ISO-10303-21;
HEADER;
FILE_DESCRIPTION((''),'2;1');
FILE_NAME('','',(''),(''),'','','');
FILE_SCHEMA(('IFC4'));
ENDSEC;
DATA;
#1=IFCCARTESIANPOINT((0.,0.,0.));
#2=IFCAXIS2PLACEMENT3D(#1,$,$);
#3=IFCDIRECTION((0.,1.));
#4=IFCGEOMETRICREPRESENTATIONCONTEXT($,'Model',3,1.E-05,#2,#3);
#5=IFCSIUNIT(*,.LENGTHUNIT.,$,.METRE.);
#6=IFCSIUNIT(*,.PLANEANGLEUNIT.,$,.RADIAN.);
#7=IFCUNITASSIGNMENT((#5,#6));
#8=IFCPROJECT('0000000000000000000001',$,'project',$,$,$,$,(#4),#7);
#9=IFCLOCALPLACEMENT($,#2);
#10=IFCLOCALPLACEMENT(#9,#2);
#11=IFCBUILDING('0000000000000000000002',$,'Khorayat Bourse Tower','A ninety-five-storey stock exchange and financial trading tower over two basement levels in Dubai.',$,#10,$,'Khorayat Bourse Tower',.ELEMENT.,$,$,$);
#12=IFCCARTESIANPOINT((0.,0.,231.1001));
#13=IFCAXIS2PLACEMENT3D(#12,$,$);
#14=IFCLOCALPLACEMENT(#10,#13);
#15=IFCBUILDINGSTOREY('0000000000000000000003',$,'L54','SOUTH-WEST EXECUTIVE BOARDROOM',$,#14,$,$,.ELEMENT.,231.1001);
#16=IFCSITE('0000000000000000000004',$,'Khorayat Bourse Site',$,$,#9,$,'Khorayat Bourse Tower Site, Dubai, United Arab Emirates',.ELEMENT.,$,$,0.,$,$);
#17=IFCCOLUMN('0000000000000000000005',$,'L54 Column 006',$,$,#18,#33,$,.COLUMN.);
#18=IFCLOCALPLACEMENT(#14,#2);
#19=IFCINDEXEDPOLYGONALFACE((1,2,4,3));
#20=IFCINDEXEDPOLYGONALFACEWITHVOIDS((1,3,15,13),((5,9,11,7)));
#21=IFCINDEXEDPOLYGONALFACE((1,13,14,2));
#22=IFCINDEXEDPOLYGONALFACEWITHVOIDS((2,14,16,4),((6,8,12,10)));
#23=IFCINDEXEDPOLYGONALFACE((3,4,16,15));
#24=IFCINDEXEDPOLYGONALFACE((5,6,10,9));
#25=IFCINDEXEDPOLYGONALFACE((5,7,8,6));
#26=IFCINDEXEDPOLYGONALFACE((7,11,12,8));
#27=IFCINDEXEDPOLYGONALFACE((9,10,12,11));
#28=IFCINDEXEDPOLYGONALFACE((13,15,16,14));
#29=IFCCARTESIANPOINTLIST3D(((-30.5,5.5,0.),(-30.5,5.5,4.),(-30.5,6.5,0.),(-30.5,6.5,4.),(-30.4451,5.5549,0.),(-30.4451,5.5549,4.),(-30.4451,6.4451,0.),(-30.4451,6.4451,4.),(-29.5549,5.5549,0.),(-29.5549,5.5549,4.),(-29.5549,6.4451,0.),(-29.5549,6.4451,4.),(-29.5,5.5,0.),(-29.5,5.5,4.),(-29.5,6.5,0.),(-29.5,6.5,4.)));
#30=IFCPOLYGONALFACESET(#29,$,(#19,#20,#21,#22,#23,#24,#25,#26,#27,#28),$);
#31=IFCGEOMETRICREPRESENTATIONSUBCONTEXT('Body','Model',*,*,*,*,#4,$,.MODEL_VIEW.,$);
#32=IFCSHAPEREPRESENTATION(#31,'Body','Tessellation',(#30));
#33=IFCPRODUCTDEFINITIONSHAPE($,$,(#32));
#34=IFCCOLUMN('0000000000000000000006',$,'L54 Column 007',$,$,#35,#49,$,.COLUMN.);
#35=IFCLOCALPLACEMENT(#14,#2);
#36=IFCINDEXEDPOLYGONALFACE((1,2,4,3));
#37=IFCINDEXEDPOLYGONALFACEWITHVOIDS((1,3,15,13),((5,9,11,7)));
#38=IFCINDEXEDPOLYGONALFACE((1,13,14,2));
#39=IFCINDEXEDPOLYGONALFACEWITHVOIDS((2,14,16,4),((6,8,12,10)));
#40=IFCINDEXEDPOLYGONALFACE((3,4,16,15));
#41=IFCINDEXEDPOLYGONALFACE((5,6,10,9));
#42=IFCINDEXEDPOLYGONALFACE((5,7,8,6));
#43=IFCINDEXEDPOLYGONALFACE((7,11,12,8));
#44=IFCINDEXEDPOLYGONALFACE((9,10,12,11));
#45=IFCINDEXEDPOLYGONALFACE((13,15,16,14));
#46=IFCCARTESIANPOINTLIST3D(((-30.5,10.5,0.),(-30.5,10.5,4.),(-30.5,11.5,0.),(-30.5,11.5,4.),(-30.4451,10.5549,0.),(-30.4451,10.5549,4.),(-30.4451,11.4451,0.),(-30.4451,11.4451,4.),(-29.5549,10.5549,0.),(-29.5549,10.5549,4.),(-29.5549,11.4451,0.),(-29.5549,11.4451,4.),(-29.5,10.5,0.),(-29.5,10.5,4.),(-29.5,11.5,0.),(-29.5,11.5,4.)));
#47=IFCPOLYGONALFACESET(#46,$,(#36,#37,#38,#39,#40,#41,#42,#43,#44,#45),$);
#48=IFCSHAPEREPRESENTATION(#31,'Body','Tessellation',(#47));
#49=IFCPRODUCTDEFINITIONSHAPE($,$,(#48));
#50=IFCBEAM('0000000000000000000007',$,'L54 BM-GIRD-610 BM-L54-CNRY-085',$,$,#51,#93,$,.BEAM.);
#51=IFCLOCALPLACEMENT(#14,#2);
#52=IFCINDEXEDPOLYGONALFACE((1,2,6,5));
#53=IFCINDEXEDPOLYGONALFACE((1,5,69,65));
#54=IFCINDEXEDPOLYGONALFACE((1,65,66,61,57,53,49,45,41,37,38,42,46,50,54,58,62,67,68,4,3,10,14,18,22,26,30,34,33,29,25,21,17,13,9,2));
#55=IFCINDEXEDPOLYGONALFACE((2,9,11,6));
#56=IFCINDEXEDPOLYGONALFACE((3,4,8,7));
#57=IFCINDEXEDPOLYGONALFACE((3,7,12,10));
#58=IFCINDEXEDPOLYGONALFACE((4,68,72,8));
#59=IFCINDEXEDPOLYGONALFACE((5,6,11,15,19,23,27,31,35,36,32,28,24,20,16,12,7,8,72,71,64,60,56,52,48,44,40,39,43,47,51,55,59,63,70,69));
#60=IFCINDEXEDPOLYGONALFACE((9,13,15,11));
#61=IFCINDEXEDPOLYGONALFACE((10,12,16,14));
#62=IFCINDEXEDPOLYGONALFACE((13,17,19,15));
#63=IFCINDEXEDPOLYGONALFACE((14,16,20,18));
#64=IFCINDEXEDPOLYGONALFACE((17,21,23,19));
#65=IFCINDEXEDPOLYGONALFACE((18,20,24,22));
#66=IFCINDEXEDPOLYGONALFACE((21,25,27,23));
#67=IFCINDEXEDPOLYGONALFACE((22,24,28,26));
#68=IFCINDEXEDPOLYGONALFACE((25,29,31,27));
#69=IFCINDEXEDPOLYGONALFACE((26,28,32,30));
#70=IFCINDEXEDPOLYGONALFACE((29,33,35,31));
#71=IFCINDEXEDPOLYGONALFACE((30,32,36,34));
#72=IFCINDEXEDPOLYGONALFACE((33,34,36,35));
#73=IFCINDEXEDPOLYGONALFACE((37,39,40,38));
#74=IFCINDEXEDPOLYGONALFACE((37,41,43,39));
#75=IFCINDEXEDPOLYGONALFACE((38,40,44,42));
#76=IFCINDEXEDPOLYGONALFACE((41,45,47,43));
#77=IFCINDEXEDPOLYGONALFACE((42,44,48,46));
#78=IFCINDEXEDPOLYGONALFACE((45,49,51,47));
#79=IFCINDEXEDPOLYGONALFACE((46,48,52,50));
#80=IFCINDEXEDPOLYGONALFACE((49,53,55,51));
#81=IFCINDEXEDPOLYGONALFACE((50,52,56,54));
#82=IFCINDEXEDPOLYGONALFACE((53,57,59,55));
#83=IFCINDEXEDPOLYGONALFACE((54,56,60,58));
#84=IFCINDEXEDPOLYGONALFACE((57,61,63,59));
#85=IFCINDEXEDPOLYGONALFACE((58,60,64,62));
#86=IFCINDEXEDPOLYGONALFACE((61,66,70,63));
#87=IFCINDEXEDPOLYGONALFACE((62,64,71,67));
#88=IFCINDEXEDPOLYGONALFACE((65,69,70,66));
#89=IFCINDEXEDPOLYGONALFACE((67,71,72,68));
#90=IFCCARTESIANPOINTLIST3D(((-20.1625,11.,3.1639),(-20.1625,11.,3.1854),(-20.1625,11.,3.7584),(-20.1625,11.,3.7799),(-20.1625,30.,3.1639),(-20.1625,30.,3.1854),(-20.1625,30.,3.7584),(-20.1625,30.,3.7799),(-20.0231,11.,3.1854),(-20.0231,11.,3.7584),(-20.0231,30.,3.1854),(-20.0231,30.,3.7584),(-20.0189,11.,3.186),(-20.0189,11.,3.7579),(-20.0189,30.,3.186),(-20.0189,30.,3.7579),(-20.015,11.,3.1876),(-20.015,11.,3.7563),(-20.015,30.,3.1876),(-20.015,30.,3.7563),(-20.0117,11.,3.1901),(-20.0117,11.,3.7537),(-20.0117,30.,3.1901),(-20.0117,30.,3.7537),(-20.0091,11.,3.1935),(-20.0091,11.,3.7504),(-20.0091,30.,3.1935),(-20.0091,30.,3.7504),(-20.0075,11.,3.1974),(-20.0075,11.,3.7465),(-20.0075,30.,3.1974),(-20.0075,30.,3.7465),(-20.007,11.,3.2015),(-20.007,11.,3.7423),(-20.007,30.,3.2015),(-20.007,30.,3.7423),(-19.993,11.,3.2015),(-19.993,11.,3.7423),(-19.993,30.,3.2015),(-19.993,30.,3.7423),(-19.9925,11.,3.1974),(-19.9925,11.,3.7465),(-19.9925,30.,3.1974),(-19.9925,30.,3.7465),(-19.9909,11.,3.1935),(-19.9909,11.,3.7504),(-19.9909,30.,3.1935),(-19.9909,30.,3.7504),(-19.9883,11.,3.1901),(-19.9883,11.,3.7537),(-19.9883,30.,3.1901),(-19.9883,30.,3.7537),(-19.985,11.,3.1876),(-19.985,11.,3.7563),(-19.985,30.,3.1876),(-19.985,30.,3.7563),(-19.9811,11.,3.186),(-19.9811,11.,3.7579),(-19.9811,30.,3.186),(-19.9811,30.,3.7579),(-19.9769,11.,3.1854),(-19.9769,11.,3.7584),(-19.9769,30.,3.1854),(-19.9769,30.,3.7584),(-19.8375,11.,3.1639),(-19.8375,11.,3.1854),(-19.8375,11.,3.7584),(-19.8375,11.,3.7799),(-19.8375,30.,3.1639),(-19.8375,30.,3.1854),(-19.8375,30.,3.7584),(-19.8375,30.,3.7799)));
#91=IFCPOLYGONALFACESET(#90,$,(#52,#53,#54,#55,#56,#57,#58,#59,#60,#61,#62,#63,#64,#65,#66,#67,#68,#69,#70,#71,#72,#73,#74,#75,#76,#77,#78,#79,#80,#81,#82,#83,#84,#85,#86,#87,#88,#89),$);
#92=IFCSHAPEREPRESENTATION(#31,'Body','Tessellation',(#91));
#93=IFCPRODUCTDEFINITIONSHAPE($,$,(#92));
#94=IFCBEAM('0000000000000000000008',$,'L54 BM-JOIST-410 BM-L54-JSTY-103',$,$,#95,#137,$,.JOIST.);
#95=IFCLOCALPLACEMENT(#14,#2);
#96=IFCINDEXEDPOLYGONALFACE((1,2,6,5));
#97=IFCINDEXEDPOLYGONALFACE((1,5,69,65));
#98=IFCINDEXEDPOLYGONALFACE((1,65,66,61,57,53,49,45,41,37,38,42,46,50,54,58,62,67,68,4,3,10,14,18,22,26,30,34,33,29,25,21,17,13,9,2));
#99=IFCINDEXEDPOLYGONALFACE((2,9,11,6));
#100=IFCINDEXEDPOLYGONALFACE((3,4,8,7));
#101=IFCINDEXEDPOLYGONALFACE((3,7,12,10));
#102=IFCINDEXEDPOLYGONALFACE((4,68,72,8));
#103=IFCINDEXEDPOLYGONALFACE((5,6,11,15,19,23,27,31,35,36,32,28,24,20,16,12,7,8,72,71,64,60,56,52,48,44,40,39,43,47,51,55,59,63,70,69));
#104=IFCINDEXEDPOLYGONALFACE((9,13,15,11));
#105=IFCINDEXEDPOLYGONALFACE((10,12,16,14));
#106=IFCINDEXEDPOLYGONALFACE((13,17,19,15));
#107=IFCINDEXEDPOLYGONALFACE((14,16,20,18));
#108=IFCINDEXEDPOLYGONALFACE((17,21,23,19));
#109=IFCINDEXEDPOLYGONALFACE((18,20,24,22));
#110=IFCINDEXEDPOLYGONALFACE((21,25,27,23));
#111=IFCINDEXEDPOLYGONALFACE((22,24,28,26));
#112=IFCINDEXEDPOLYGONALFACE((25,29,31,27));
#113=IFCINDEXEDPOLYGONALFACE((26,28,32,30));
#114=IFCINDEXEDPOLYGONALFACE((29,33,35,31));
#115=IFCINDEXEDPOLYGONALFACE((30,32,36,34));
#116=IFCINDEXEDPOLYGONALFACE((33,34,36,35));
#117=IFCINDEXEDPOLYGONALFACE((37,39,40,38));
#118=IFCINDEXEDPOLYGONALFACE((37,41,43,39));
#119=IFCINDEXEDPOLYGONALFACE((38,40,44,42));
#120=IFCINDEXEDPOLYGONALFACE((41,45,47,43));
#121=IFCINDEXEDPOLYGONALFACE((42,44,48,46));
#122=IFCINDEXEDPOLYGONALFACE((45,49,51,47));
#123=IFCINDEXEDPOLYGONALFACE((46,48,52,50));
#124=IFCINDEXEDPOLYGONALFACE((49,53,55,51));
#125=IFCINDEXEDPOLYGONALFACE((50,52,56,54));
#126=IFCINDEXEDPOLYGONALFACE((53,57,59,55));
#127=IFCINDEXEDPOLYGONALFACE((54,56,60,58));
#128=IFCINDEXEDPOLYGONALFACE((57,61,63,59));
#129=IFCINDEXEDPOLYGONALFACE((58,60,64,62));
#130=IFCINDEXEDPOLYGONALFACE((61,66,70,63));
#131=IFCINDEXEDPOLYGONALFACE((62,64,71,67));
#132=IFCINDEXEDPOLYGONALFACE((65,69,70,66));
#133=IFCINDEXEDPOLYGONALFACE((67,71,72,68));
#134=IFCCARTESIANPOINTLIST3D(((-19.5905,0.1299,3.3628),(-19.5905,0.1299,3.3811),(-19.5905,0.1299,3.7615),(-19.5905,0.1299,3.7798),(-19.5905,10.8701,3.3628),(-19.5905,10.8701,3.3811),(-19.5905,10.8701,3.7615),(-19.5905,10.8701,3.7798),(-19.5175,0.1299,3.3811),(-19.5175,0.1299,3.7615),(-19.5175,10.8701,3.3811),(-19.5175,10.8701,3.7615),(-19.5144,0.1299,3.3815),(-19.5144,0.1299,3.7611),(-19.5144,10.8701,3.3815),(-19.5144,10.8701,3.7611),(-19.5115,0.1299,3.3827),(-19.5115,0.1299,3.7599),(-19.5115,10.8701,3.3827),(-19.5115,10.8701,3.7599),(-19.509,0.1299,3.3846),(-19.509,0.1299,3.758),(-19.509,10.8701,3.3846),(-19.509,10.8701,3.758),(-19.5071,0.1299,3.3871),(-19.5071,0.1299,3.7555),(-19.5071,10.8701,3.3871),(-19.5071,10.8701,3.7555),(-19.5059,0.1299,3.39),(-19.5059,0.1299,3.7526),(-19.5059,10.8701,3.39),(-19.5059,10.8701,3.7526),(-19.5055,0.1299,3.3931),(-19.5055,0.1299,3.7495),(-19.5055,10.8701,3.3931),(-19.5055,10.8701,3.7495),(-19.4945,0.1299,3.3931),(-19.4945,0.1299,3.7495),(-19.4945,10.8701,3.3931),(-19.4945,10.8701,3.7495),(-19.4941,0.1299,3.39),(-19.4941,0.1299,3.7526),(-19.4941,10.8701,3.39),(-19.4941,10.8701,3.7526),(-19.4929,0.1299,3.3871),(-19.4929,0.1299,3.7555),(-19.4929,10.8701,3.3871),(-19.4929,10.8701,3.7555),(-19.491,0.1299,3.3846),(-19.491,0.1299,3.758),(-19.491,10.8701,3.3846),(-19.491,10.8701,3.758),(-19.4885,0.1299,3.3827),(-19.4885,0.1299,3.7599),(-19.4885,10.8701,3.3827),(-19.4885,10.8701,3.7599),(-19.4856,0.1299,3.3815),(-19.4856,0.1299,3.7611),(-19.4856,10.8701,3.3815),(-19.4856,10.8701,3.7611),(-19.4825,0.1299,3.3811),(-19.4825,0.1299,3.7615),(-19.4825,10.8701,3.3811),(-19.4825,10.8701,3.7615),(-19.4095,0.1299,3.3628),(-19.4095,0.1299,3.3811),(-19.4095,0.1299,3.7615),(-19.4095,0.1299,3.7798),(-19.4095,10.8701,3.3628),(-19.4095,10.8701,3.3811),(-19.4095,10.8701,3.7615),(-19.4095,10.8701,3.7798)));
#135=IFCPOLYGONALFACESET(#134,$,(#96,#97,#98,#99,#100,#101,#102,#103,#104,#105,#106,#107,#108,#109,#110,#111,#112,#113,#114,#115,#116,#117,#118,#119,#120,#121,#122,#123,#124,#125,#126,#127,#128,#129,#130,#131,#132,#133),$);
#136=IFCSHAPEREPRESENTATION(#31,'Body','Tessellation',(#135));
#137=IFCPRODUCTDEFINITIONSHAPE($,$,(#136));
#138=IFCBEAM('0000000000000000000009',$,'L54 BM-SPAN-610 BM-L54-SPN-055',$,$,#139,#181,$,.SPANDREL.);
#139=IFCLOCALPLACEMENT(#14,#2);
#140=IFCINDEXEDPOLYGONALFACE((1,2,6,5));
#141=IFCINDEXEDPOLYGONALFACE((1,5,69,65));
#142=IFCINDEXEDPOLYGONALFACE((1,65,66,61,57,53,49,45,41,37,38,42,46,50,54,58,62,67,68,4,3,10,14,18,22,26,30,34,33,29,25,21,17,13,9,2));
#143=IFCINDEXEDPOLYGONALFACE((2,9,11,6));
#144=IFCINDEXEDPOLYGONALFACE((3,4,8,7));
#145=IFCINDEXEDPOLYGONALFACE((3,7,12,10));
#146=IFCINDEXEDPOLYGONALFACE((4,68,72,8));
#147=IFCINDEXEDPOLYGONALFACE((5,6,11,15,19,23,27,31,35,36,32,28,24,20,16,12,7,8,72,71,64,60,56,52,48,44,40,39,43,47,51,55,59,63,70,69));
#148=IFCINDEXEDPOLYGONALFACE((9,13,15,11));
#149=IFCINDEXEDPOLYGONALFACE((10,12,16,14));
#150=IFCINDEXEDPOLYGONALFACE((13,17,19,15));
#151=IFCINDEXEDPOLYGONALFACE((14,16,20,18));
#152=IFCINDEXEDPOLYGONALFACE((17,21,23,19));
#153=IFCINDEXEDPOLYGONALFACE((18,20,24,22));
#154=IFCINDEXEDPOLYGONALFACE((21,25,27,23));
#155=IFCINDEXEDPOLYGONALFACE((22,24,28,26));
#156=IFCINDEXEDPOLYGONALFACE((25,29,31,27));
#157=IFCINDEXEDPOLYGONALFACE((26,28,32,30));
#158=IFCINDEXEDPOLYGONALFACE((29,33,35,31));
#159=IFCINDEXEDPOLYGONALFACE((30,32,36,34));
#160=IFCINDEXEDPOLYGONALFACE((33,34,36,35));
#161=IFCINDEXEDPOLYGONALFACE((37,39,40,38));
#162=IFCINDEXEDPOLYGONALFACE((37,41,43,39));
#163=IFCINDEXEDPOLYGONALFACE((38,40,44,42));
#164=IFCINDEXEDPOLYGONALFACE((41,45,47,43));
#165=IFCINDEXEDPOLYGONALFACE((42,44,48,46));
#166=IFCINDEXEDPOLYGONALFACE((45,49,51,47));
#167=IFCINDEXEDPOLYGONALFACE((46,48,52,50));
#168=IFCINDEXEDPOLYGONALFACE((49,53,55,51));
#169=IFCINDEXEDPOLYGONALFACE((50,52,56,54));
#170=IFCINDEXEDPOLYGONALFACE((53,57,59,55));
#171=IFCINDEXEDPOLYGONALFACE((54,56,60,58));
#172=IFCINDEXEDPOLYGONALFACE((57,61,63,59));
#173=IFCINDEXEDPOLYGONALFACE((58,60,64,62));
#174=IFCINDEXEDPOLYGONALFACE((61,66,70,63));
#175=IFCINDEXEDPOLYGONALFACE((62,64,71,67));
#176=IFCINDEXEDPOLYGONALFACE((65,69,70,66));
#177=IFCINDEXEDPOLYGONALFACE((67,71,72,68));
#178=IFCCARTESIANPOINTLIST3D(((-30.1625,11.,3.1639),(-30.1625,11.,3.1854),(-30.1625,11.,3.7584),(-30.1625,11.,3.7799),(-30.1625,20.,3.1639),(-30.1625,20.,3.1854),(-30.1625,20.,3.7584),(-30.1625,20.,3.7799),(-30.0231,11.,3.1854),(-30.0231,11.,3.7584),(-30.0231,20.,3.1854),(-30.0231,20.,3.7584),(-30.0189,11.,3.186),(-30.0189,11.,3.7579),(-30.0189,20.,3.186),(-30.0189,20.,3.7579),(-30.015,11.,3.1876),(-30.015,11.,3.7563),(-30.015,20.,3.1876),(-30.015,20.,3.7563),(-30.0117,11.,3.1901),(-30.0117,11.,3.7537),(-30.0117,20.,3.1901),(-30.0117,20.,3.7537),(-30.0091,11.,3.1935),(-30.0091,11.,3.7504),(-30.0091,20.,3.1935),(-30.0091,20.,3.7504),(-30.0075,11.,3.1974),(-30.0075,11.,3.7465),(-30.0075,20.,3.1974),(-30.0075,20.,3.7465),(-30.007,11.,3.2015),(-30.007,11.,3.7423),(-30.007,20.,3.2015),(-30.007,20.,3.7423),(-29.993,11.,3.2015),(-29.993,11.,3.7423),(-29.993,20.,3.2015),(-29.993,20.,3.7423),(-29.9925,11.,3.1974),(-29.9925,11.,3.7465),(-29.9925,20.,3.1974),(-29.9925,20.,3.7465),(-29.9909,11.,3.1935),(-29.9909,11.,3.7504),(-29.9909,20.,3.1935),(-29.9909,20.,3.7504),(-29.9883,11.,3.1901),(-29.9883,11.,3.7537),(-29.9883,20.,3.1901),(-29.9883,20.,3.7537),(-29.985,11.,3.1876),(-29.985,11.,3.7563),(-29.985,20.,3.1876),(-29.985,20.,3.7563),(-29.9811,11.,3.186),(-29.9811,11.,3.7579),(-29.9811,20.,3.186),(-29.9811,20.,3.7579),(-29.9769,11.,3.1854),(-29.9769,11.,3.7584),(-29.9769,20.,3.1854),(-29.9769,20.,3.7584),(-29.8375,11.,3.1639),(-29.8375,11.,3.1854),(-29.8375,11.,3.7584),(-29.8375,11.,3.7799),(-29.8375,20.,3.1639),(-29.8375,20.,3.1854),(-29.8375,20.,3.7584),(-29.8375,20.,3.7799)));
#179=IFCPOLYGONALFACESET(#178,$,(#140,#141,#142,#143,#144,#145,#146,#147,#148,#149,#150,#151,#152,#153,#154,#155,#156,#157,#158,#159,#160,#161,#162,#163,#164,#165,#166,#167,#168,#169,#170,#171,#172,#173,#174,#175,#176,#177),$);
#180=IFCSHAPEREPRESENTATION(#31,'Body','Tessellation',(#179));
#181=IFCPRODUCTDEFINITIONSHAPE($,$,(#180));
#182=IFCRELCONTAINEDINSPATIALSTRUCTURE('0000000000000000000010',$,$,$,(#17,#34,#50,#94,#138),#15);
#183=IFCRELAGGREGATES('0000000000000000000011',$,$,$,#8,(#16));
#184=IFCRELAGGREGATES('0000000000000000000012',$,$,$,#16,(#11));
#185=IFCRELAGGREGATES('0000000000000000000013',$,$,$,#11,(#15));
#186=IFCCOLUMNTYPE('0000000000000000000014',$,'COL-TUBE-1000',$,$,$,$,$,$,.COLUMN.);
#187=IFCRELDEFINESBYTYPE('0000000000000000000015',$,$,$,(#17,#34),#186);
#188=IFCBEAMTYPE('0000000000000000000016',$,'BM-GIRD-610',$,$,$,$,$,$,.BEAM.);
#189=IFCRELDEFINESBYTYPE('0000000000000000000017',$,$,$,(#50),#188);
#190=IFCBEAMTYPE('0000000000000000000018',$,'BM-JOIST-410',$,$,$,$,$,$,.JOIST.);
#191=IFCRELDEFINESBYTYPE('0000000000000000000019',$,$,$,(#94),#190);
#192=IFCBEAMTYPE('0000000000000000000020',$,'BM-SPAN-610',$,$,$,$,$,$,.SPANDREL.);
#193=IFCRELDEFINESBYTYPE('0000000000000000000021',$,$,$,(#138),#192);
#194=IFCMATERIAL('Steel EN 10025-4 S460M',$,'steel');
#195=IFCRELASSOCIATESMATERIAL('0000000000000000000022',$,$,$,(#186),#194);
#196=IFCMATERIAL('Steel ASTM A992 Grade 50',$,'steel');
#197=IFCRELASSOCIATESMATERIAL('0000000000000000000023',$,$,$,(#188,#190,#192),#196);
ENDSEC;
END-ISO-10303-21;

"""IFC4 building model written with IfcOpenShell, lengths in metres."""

from ifc_helpers import new_model, si_unit, direction, frame, origin, origin_2d, place, context, subcontext, project, spatial, hollow_rectangle, i_section, extrude, source, transform, mapped, material, material_profile, profile_set, type_object, element, save


model = new_model("IFC4")

# Units and contexts
model_context = context("Model", 3, precision=1e-05, world=origin(), true_north=direction((0.0, 1.0)))
body_context = subcontext(model_context, "Body", "Model", "MODEL_VIEW")
ifc_project = project(units=[si_unit("LENGTHUNIT", "METRE"), si_unit("PLANEANGLEUNIT", "RADIAN")], contexts=[model_context])

# Site, building, storey
site_placement = place(None, origin())
site = spatial("IfcSite", under=ifc_project, at=site_placement, Name="Khorayat Bourse Site", LongName="Khorayat Bourse Tower Site, Dubai, United Arab Emirates", CompositionType="ELEMENT", RefElevation=0.0)
building_placement = place(site_placement, origin())
building = spatial("IfcBuilding", under=site, at=building_placement, Name="Khorayat Bourse Tower", Description="A ninety-five-storey stock exchange and financial trading tower over two basement levels in Dubai.", LongName="Khorayat Bourse Tower", CompositionType="ELEMENT")
storey_placement = place(building_placement, frame((0.0, 0.0, 231.1001)))
storey = spatial("IfcBuildingStorey", under=building, at=storey_placement, Name="L54", Description="SOUTH-WEST EXECUTIVE BOARDROOM", CompositionType="ELEMENT", Elevation=231.1001)

# Columns
ifc_material_1 = material(Name="Steel EN 10025-4 S460M", Category="steel")
ifc_material_profile_1 = material_profile(ifc_material_1, hollow_rectangle(XDim=1.0, YDim=1.0, WallThickness=0.0549, at=origin_2d()), Name="BOX 1000x1000x55")
ifc_profile_set_1 = profile_set([ifc_material_profile_1], Name="Steel EN 10025-4 S460M")
column_type = type_object("IfcColumnType", Name="COL-TUBE-1000", PredefinedType="COLUMN", material=ifc_profile_set_1)
shared_shape_1 = source(origin(), body_context, "Body", "SweptSolid", [
    extrude(hollow_rectangle(XDim=1.0, YDim=1.0, WallThickness=0.0549, at=origin_2d()), origin(), (0.0, 0.0, 1.0), 4.0),
])
for number, where, z_axis, x_axis, name in (
    (1, (-30.0, 6.0, 0.0), (0.0, 0.0, 1.0), (1.0, 0.0, 0.0), "L54 Column 006"),
    (2, (-30.0, 11.0, 0.0), (0.0, 0.0, 1.0), (1.0, 0.0, 0.0), "L54 Column 007"),
):
    element("IfcColumn", number, at=place(storey_placement, frame(where, z_axis=z_axis, x_axis=x_axis)), inside=storey, type_object=column_type, Name=name, PredefinedType="COLUMN", context=body_context, shape_type="MappedRepresentation", body=[
        mapped(shared_shape_1, transform((0.0, 0.0, 0.0), scale=1.0)),
    ])

# Beams
ifc_material_2 = material(Name="Steel ASTM A992 Grade 50", Category="steel")
ifc_material_profile_2 = material_profile(ifc_material_2, i_section(OverallWidth=0.325, OverallDepth=0.616, WebThickness=0.0139, FlangeThickness=0.0215, FilletRadius=0.0161, at=origin_2d()), Name="W610X174")
ifc_profile_set_2 = profile_set([ifc_material_profile_2], Name="Steel ASTM A992 Grade 50")
beam_type_1 = type_object("IfcBeamType", Name="BM-GIRD-610", PredefinedType="BEAM", material=ifc_profile_set_2)
shared_shape_2 = source(origin(), body_context, "Body", "SweptSolid", [
    extrude(i_section(OverallWidth=0.325, OverallDepth=0.616, WebThickness=0.0139, FlangeThickness=0.0215, FilletRadius=0.0161, at=origin_2d()), origin(), (0.0, 0.0, 1.0), 19.0),
])
beam_1_placement = place(storey_placement, frame((-20.0, 11.0, 3.4719), z_axis=(0.0, 1.0, 0.0), x_axis=(-1.0, 0.0, 0.0)))
element("IfcBeam", 3, at=beam_1_placement, inside=storey, type_object=beam_type_1, Name="L54 BM-GIRD-610 BM-L54-CNRY-085", PredefinedType="BEAM", context=body_context, shape_type="MappedRepresentation", body=[
    mapped(shared_shape_2, transform((0.0, 0.0, 0.0), scale=1.0)),
])
ifc_material_profile_3 = material_profile(ifc_material_2, i_section(OverallWidth=0.1809, OverallDepth=0.417, WebThickness=0.011, FlangeThickness=0.0183, FilletRadius=0.012, at=origin_2d()), Name="W410X85")
ifc_profile_set_3 = profile_set([ifc_material_profile_3], Name="Steel ASTM A992 Grade 50")
beam_type_2 = type_object("IfcBeamType", Name="BM-JOIST-410", PredefinedType="JOIST", material=ifc_profile_set_3)
shared_shape_3 = source(origin(), body_context, "Body", "SweptSolid", [
    extrude(i_section(OverallWidth=0.1809, OverallDepth=0.417, WebThickness=0.011, FlangeThickness=0.0183, FilletRadius=0.012, at=origin_2d()), origin(), (0.0, 0.0, 1.0), 10.7402),
])
beam_2_placement = place(storey_placement, frame((-19.5, 0.1299, 3.5713), z_axis=(0.0, 1.0, 0.0), x_axis=(-1.0, 0.0, 0.0)))
element("IfcBeam", 4, at=beam_2_placement, inside=storey, type_object=beam_type_2, Name="L54 BM-JOIST-410 BM-L54-JSTY-103", PredefinedType="JOIST", context=body_context, shape_type="MappedRepresentation", body=[
    mapped(shared_shape_3, transform((0.0, 0.0, 0.0), scale=1.0)),
])
ifc_material_profile_4 = material_profile(ifc_material_2, i_section(OverallWidth=0.325, OverallDepth=0.616, WebThickness=0.0139, FlangeThickness=0.0215, FilletRadius=0.0161, at=origin_2d()), Name="W610X174")
ifc_profile_set_4 = profile_set([ifc_material_profile_4], Name="Steel ASTM A992 Grade 50")
beam_type_3 = type_object("IfcBeamType", Name="BM-SPAN-610", PredefinedType="SPANDREL", material=ifc_profile_set_4)
shared_shape_4 = source(origin(), body_context, "Body", "SweptSolid", [
    extrude(i_section(OverallWidth=0.325, OverallDepth=0.616, WebThickness=0.0139, FlangeThickness=0.0215, FilletRadius=0.0161, at=origin_2d()), origin(), (0.0, 0.0, 1.0), 9.0),
])
beam_3_placement = place(storey_placement, frame((-30.0, 11.0, 3.4719), z_axis=(0.0, 1.0, 0.0), x_axis=(-1.0, 0.0, 0.0)))
element("IfcBeam", 5, at=beam_3_placement, inside=storey, type_object=beam_type_3, Name="L54 BM-SPAN-610 BM-L54-SPN-055", PredefinedType="SPANDREL", context=body_context, shape_type="MappedRepresentation", body=[
    mapped(shared_shape_4, transform((0.0, 0.0, 0.0), scale=1.0)),
])

save(model, "model.ifc")
